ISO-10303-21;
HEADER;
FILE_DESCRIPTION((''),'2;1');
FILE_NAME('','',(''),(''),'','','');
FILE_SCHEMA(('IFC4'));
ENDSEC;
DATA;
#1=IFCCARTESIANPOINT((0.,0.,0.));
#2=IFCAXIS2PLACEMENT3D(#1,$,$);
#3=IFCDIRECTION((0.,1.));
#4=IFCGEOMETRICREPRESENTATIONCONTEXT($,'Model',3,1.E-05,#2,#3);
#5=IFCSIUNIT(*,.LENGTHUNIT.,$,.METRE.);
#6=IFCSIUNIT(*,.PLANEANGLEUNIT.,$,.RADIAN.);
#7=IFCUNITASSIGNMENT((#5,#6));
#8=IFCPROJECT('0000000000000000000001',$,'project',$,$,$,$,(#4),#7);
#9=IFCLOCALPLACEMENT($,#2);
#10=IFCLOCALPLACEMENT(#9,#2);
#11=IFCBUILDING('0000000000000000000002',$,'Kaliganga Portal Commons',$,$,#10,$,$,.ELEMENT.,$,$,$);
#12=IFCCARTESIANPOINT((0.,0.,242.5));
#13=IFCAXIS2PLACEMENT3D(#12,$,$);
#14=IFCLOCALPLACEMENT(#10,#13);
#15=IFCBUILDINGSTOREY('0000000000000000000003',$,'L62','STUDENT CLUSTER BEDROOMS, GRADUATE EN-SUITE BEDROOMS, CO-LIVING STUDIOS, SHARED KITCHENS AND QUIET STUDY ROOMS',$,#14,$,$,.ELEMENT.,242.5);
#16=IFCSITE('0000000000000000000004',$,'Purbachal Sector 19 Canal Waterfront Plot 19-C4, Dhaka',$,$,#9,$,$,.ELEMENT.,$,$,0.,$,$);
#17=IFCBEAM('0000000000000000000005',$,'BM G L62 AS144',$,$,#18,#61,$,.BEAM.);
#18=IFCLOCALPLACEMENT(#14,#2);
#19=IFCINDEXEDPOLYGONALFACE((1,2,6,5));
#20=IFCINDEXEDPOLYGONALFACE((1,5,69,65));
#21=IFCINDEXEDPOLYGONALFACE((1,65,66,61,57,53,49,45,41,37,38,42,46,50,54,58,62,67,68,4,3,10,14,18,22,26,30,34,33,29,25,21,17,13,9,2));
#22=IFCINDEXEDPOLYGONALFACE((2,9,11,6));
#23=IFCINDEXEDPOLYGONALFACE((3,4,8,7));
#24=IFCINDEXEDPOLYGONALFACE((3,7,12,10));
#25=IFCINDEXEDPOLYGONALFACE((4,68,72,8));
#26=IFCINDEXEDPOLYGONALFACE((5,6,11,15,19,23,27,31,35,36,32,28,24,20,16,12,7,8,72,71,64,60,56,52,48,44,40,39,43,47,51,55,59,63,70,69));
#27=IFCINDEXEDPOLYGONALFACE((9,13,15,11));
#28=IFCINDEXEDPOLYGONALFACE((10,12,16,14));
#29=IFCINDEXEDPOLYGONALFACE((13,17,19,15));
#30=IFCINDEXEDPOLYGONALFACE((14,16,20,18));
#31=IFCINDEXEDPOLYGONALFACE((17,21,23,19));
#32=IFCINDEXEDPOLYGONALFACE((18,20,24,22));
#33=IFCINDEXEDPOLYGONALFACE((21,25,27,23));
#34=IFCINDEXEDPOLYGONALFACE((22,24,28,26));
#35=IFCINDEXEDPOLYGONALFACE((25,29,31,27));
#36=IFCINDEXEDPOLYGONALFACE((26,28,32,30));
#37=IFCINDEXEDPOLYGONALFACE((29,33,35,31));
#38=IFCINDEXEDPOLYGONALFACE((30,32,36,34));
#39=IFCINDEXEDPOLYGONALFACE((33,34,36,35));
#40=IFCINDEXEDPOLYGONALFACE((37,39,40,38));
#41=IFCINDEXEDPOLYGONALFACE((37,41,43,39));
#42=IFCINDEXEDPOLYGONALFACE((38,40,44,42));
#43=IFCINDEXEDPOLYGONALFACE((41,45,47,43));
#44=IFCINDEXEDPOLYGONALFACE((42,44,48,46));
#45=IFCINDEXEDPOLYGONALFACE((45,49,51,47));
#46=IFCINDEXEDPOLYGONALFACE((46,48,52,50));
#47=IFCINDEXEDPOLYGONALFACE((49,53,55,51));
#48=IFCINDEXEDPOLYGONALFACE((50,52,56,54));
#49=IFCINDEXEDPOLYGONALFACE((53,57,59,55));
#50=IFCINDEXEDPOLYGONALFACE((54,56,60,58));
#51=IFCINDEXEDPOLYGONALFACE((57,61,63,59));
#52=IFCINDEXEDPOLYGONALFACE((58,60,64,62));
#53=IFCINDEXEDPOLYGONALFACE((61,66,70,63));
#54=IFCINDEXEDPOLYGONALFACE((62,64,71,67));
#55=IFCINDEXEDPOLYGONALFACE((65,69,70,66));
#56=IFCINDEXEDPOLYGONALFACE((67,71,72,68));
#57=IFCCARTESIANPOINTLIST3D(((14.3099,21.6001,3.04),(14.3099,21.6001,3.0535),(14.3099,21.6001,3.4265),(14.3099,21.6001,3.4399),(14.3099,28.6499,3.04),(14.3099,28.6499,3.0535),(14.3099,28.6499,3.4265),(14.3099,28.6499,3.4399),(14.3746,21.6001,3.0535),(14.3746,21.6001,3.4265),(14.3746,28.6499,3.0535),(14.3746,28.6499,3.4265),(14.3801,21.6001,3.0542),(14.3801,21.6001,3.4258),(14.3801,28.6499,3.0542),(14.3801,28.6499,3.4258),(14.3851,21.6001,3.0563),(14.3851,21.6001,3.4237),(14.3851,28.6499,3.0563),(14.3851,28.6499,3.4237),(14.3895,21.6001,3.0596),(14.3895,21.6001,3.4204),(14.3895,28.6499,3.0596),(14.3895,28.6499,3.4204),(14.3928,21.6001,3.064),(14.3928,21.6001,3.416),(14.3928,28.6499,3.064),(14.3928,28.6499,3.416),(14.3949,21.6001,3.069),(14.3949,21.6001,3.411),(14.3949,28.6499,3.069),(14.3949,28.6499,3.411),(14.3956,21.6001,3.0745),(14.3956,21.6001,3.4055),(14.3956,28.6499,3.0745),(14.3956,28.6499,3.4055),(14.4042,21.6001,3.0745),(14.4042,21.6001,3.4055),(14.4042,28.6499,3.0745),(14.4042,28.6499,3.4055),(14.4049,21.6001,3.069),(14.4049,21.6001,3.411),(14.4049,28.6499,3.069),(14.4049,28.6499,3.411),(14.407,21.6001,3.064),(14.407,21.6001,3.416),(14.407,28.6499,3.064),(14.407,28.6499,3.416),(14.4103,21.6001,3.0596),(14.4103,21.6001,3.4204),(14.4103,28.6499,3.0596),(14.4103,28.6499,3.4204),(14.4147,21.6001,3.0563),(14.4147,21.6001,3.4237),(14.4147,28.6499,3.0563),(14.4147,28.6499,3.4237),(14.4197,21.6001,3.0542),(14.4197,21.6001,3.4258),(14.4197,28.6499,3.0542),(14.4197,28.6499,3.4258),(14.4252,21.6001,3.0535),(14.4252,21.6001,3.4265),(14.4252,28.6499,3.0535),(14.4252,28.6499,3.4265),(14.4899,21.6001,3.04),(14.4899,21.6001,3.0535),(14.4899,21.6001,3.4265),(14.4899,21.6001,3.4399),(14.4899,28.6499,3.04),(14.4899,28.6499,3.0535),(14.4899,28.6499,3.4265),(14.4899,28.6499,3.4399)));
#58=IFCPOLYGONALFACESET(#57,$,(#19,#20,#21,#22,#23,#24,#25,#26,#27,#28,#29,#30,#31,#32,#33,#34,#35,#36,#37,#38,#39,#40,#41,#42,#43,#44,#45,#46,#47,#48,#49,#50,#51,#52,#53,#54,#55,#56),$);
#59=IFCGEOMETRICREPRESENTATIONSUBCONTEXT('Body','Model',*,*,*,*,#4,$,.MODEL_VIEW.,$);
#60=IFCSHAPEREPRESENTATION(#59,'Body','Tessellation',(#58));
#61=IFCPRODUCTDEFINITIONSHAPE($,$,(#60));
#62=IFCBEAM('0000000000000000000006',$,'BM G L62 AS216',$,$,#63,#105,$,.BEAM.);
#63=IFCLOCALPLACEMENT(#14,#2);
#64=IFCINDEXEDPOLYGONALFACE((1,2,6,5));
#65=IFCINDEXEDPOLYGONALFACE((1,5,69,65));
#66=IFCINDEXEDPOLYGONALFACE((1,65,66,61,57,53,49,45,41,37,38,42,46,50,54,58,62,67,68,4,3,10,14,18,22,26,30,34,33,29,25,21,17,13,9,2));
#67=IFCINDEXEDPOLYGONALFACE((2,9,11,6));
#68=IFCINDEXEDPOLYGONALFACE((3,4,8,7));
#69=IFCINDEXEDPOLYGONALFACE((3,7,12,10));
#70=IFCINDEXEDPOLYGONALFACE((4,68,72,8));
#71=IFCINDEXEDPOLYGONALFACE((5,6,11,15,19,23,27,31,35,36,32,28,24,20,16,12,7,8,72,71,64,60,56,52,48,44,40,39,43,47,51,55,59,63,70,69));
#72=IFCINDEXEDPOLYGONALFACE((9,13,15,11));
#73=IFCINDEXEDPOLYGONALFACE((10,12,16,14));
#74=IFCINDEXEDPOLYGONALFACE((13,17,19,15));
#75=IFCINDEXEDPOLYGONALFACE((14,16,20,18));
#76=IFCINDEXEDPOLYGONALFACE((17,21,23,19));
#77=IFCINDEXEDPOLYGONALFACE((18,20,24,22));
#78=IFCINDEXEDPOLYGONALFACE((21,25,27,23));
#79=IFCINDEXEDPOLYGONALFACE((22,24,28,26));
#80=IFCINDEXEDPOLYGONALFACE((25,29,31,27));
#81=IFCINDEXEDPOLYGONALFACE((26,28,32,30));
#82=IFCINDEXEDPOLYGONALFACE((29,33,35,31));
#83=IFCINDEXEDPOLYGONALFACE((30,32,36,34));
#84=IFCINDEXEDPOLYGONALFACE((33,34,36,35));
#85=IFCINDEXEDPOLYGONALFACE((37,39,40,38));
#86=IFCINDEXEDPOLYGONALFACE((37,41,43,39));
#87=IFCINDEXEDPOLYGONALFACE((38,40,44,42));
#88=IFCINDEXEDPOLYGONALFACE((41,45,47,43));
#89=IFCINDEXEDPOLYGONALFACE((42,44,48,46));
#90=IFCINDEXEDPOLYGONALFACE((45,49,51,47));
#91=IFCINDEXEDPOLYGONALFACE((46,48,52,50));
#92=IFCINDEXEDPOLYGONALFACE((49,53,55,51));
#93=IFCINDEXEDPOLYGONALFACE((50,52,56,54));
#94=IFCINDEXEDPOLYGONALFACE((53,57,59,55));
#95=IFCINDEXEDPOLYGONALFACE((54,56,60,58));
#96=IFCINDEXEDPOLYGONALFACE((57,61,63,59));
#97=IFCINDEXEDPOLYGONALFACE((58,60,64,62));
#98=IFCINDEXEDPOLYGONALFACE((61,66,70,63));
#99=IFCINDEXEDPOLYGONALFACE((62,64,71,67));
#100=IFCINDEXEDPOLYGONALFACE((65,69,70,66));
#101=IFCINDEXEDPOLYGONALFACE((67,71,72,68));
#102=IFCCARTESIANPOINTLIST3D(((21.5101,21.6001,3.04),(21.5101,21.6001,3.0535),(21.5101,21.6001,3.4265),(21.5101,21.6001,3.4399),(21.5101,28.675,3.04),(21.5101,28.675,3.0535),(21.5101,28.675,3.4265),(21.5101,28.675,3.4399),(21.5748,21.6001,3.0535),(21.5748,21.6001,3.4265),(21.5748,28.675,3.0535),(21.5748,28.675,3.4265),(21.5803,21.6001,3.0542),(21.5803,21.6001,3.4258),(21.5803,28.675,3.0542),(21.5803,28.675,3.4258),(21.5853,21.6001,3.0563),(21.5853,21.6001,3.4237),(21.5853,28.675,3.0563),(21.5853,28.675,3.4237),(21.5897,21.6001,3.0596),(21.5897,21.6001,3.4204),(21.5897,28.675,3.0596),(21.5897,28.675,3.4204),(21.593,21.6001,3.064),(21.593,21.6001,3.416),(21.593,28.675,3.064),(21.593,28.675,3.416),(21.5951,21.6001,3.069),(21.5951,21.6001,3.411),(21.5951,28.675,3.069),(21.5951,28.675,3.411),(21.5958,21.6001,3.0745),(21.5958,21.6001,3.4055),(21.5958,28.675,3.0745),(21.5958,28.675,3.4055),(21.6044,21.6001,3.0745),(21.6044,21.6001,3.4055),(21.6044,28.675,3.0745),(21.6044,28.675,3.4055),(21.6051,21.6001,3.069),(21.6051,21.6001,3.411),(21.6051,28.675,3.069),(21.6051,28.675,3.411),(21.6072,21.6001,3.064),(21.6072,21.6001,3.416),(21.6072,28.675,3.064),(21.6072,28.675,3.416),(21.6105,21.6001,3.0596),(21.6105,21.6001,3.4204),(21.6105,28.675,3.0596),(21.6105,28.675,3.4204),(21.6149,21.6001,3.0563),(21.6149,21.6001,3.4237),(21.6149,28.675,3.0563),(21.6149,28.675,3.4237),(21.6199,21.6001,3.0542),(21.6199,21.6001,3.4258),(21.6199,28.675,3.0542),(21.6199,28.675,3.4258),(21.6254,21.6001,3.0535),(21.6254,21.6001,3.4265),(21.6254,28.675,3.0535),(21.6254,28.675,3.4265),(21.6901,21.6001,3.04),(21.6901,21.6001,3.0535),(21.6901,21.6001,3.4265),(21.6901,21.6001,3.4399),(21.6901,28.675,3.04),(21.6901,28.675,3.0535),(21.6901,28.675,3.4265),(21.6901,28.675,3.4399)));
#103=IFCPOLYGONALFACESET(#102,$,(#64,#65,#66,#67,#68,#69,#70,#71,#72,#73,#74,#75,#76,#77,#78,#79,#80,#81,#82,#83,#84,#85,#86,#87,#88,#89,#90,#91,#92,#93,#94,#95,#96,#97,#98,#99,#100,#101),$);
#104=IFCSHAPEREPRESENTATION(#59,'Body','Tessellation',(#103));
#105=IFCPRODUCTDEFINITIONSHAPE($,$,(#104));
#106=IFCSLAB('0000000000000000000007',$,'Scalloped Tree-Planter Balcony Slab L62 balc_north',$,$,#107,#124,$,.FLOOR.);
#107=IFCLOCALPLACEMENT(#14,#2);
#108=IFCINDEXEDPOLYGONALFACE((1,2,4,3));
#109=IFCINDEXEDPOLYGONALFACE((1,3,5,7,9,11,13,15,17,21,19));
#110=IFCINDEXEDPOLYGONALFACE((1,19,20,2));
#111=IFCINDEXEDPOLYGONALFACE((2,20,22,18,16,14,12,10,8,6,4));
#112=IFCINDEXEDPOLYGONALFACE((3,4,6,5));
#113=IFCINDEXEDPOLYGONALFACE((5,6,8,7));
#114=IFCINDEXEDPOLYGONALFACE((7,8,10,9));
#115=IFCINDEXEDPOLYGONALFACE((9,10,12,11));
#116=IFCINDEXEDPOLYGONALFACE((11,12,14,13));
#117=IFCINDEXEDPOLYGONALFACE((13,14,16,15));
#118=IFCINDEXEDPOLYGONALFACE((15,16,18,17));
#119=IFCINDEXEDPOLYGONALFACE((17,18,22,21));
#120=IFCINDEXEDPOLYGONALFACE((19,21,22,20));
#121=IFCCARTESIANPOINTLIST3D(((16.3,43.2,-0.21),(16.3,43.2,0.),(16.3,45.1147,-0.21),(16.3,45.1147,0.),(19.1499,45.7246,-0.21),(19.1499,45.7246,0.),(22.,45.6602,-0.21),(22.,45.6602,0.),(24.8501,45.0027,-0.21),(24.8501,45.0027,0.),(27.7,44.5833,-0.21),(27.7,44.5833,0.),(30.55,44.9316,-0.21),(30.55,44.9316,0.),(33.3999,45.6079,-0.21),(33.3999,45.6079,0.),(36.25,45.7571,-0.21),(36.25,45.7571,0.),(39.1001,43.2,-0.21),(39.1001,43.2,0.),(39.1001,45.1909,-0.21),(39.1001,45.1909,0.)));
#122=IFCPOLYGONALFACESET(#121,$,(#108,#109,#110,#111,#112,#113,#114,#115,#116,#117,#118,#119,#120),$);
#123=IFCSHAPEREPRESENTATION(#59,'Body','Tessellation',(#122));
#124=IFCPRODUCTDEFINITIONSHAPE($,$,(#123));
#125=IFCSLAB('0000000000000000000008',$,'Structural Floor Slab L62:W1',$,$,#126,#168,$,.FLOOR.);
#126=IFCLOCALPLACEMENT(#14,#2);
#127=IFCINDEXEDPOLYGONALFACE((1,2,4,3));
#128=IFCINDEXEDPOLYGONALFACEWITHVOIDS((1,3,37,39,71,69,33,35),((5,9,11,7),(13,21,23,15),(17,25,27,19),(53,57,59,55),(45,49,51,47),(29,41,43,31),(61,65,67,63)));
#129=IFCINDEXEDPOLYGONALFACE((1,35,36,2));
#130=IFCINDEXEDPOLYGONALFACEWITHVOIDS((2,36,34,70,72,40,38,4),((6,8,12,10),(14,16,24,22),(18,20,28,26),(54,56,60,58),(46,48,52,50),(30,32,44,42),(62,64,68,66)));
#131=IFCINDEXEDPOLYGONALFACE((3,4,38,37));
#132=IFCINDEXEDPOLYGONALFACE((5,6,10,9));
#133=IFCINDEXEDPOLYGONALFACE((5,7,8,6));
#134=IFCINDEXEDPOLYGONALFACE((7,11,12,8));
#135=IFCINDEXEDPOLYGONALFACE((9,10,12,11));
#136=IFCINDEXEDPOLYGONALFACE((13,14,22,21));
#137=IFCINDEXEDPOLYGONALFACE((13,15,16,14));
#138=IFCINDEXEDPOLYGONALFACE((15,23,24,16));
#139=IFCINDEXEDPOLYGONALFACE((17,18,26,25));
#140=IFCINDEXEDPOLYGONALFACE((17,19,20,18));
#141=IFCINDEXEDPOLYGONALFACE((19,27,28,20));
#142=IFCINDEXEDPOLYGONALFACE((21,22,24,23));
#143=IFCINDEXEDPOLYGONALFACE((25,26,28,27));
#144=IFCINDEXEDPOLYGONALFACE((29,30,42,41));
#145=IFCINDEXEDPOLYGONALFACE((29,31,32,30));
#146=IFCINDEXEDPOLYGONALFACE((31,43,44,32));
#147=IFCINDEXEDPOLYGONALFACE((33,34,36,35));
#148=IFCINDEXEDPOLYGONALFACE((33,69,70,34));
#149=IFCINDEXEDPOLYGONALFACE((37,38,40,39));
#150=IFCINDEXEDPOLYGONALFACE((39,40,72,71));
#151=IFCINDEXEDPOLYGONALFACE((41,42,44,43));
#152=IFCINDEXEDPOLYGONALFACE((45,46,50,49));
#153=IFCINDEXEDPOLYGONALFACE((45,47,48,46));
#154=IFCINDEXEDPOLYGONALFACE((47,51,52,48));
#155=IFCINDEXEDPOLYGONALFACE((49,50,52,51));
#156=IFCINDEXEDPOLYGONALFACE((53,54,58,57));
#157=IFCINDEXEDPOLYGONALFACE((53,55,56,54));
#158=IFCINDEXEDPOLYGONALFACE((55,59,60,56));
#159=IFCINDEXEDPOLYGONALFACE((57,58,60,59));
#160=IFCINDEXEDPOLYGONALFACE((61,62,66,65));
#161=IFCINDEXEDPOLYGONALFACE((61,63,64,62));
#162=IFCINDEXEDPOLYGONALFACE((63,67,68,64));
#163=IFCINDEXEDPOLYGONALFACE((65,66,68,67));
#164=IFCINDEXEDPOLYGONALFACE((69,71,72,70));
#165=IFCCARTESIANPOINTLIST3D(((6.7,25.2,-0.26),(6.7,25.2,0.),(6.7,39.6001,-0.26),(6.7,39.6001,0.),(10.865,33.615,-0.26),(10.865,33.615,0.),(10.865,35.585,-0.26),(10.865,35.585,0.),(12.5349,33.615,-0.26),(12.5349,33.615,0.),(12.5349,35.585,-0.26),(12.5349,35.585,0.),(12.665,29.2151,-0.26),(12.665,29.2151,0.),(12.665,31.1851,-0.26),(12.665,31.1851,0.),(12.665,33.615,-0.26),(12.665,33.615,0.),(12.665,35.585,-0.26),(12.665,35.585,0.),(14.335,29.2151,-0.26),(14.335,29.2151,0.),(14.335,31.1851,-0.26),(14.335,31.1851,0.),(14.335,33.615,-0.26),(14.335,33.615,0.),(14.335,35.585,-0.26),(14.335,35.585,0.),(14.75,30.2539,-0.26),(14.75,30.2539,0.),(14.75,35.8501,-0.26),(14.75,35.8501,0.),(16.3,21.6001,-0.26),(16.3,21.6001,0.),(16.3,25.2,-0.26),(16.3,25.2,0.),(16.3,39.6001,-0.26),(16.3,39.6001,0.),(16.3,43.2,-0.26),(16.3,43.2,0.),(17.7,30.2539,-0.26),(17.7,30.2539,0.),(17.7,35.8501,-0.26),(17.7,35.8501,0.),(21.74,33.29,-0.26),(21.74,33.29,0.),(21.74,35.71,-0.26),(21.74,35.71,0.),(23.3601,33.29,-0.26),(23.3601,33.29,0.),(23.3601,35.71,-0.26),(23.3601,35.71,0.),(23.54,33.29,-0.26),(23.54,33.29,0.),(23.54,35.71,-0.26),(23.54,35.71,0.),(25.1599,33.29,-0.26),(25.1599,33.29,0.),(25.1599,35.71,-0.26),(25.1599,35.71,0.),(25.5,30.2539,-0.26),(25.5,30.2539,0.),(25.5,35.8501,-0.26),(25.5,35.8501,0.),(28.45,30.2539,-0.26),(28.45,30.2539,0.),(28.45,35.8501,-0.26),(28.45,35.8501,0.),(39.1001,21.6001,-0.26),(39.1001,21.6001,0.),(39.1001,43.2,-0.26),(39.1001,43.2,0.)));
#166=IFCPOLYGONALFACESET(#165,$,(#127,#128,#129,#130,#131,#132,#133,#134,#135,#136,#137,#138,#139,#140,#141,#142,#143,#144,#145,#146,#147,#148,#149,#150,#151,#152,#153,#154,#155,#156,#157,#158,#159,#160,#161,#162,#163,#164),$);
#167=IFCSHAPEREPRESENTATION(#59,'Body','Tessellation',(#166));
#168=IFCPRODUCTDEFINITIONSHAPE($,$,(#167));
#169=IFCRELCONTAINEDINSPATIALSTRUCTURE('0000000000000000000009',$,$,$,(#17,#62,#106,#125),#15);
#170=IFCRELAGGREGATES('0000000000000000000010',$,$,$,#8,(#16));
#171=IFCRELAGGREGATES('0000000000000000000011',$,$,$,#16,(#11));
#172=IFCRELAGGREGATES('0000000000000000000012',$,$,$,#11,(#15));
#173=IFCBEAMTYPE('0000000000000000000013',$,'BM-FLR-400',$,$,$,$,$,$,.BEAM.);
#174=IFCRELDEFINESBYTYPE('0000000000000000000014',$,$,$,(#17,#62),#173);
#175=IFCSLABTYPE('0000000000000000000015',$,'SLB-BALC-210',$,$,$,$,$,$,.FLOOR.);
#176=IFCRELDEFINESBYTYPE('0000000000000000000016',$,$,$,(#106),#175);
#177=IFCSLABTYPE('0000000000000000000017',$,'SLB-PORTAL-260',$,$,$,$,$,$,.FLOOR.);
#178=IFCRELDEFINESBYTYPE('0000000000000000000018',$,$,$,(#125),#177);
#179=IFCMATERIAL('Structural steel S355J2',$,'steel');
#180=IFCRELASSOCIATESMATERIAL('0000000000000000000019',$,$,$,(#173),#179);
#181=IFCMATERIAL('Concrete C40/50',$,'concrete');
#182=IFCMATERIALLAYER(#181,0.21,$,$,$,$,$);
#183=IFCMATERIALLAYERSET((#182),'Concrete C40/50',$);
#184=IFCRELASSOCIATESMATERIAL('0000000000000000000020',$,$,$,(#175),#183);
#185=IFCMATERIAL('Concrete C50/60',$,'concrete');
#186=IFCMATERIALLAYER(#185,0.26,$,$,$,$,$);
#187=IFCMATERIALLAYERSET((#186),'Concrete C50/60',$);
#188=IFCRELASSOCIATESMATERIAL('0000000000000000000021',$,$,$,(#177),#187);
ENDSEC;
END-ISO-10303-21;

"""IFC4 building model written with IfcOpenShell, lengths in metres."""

from ifc_helpers import new_model, si_unit, direction, frame, origin, origin_2d, place, context, subcontext, project, spatial, polyline, i_section, outline, extrude, source, transform, mapped, material, layer, layer_set, material_profile, profile_set, type_object, element, save


model = new_model("IFC4")

# Units and contexts
model_context = context("Model", 3, precision=1e-05, world=origin(), true_north=direction((0.0, 1.0)))
body_context = subcontext(model_context, "Body", "Model", "MODEL_VIEW")
ifc_project = project(units=[si_unit("LENGTHUNIT", "METRE"), si_unit("PLANEANGLEUNIT", "RADIAN")], contexts=[model_context])

# Site, building, storey
site_placement = place(None, origin())
site = spatial("IfcSite", under=ifc_project, at=site_placement, Name="Purbachal Sector 19 Canal Waterfront Plot 19-C4, Dhaka", CompositionType="ELEMENT", RefElevation=0.0)
building_placement = place(site_placement, origin())
building = spatial("IfcBuilding", under=site, at=building_placement, Name="Kaliganga Portal Commons", CompositionType="ELEMENT")
storey_placement = place(building_placement, frame((0.0, 0.0, 242.5)))
storey = spatial("IfcBuildingStorey", under=building, at=storey_placement, Name="L62", Description="STUDENT CLUSTER BEDROOMS, GRADUATE EN-SUITE BEDROOMS, CO-LIVING STUDIOS, SHARED KITCHENS AND QUIET STUDY ROOMS", CompositionType="ELEMENT", Elevation=242.5)

# Shared definitions
ifc_material_1 = material(Name="Concrete C50/60", Category="concrete")
ifc_material_2 = material(Name="Structural steel S355J2", Category="steel")

# Beams
ifc_material_profile_1 = material_profile(ifc_material_2, i_section(OverallWidth=0.1799, OverallDepth=0.3999, WebThickness=0.0085, FlangeThickness=0.0134, FilletRadius=0.021, at=origin_2d()), Name="IPE 400")
ifc_profile_set_1 = profile_set([ifc_material_profile_1], Name="Structural steel S355J2 wide-flange")
beam_type_1 = type_object("IfcBeamType", Name="BM-FLR-400", PredefinedType="BEAM", material=ifc_profile_set_1)
shared_shape_1 = source(origin(), body_context, "Body", "SweptSolid", [
    extrude(i_section(OverallWidth=0.1799, OverallDepth=0.3999, WebThickness=0.0085, FlangeThickness=0.0134, FilletRadius=0.021, at=origin_2d()), origin(), (0.0, 0.0, 1.0), 7.0498),
])
beam_1_placement = place(storey_placement, frame((14.3999, 21.6001, 3.24), z_axis=(0.0, 1.0, 0.0), x_axis=(-1.0, 0.0, 0.0)))
element("IfcBeam", 1, at=beam_1_placement, inside=storey, type_object=beam_type_1, Name="BM G L62 AS144", PredefinedType="BEAM", context=body_context, shape_type="MappedRepresentation", body=[
    mapped(shared_shape_1, transform((0.0, 0.0, 0.0), x_axis=(1.0, 0.0, 0.0), y_axis=(0.0, 1.0, 0.0), z_axis=(0.0, 0.0, 1.0), scale=1.0)),
])
shared_shape_2 = source(origin(), body_context, "Body", "SweptSolid", [
    extrude(i_section(OverallWidth=0.1799, OverallDepth=0.3999, WebThickness=0.0085, FlangeThickness=0.0134, FilletRadius=0.021, at=origin_2d()), origin(), (0.0, 0.0, 1.0), 7.075),
])
beam_2_placement = place(storey_placement, frame((21.6001, 21.6001, 3.24), z_axis=(0.0, 1.0, 0.0), x_axis=(-1.0, 0.0, 0.0)))
element("IfcBeam", 2, at=beam_2_placement, inside=storey, type_object=beam_type_1, Name="BM G L62 AS216", PredefinedType="BEAM", context=body_context, shape_type="MappedRepresentation", body=[
    mapped(shared_shape_2, transform((0.0, 0.0, 0.0), x_axis=(1.0, 0.0, 0.0), y_axis=(0.0, 1.0, 0.0), z_axis=(0.0, 0.0, 1.0), scale=1.0)),
])

# Slabs
ifc_material_3 = material(Name="Concrete C40/50", Category="concrete")
ifc_layer_1 = layer(ifc_material_3, 0.21)
ifc_layer_set_1 = layer_set([ifc_layer_1], Name="Concrete C40/50")
slab_type_1 = type_object("IfcSlabType", Name="SLB-BALC-210", PredefinedType="FLOOR", material=ifc_layer_set_1)
slab_1_placement = place(storey_placement, frame((0.0, 0.0, -0.21)))
element("IfcSlab", 3, at=slab_1_placement, inside=storey, type_object=slab_type_1, Name="Scalloped Tree-Planter Balcony Slab L62 balc_north", PredefinedType="FLOOR", context=body_context, shape_type="SweptSolid", body=[
    extrude(outline(polyline([(39.1001, 43.2), (39.1001, 45.1909), (36.25, 45.7571), (33.3999, 45.6079), (30.55, 44.9316), (27.7, 44.5833), (24.8501, 45.0027), (22.0, 45.6602), (19.1499, 45.7246), (16.3, 45.1147), (16.3, 43.2), (39.1001, 43.2)])), origin(), (0.0, 0.0, 1.0), 0.21),
])
ifc_layer_2 = layer(ifc_material_1, 0.26)
ifc_layer_set_2 = layer_set([ifc_layer_2], Name="Concrete C50/60")
slab_type_2 = type_object("IfcSlabType", Name="SLB-PORTAL-260", PredefinedType="FLOOR", material=ifc_layer_set_2)
slab_2_placement = place(storey_placement, frame((0.0, 0.0, -0.26)))
element("IfcSlab", 4, at=slab_2_placement, inside=storey, type_object=slab_type_2, Name="Structural Floor Slab L62:W1", PredefinedType="FLOOR", context=body_context, shape_type="SweptSolid", body=[
    extrude(outline(polyline([(16.3, 21.6001), (39.1001, 21.6001), (39.1001, 43.2), (16.3, 43.2), (16.3, 39.6001), (6.7, 39.6001), (6.7, 25.2), (16.3, 25.2), (16.3, 21.6001)]), holes=[polyline([(14.75, 30.2539), (14.75, 35.8501), (17.7, 35.8501), (17.7, 30.2539), (14.75, 30.2539)]), polyline([(25.5, 30.2539), (25.5, 35.8501), (28.45, 35.8501), (28.45, 30.2539), (25.5, 30.2539)]), polyline([(12.665, 33.615), (12.665, 35.585), (14.335, 35.585), (14.335, 33.615), (12.665, 33.615)]), polyline([(12.665, 29.2151), (12.665, 31.1851), (14.335, 31.1851), (14.335, 29.2151), (12.665, 29.2151)]), polyline([(10.865, 33.615), (10.865, 35.585), (12.5349, 35.585), (12.5349, 33.615), (10.865, 33.615)]), polyline([(21.74, 33.29), (21.74, 35.71), (23.3601, 35.71), (23.3601, 33.29), (21.74, 33.29)]), polyline([(23.54, 33.29), (23.54, 35.71), (25.1599, 35.71), (25.1599, 33.29), (23.54, 33.29)])]), origin(), (0.0, 0.0, 1.0), 0.26),
])

save(model, "model.ifc")
